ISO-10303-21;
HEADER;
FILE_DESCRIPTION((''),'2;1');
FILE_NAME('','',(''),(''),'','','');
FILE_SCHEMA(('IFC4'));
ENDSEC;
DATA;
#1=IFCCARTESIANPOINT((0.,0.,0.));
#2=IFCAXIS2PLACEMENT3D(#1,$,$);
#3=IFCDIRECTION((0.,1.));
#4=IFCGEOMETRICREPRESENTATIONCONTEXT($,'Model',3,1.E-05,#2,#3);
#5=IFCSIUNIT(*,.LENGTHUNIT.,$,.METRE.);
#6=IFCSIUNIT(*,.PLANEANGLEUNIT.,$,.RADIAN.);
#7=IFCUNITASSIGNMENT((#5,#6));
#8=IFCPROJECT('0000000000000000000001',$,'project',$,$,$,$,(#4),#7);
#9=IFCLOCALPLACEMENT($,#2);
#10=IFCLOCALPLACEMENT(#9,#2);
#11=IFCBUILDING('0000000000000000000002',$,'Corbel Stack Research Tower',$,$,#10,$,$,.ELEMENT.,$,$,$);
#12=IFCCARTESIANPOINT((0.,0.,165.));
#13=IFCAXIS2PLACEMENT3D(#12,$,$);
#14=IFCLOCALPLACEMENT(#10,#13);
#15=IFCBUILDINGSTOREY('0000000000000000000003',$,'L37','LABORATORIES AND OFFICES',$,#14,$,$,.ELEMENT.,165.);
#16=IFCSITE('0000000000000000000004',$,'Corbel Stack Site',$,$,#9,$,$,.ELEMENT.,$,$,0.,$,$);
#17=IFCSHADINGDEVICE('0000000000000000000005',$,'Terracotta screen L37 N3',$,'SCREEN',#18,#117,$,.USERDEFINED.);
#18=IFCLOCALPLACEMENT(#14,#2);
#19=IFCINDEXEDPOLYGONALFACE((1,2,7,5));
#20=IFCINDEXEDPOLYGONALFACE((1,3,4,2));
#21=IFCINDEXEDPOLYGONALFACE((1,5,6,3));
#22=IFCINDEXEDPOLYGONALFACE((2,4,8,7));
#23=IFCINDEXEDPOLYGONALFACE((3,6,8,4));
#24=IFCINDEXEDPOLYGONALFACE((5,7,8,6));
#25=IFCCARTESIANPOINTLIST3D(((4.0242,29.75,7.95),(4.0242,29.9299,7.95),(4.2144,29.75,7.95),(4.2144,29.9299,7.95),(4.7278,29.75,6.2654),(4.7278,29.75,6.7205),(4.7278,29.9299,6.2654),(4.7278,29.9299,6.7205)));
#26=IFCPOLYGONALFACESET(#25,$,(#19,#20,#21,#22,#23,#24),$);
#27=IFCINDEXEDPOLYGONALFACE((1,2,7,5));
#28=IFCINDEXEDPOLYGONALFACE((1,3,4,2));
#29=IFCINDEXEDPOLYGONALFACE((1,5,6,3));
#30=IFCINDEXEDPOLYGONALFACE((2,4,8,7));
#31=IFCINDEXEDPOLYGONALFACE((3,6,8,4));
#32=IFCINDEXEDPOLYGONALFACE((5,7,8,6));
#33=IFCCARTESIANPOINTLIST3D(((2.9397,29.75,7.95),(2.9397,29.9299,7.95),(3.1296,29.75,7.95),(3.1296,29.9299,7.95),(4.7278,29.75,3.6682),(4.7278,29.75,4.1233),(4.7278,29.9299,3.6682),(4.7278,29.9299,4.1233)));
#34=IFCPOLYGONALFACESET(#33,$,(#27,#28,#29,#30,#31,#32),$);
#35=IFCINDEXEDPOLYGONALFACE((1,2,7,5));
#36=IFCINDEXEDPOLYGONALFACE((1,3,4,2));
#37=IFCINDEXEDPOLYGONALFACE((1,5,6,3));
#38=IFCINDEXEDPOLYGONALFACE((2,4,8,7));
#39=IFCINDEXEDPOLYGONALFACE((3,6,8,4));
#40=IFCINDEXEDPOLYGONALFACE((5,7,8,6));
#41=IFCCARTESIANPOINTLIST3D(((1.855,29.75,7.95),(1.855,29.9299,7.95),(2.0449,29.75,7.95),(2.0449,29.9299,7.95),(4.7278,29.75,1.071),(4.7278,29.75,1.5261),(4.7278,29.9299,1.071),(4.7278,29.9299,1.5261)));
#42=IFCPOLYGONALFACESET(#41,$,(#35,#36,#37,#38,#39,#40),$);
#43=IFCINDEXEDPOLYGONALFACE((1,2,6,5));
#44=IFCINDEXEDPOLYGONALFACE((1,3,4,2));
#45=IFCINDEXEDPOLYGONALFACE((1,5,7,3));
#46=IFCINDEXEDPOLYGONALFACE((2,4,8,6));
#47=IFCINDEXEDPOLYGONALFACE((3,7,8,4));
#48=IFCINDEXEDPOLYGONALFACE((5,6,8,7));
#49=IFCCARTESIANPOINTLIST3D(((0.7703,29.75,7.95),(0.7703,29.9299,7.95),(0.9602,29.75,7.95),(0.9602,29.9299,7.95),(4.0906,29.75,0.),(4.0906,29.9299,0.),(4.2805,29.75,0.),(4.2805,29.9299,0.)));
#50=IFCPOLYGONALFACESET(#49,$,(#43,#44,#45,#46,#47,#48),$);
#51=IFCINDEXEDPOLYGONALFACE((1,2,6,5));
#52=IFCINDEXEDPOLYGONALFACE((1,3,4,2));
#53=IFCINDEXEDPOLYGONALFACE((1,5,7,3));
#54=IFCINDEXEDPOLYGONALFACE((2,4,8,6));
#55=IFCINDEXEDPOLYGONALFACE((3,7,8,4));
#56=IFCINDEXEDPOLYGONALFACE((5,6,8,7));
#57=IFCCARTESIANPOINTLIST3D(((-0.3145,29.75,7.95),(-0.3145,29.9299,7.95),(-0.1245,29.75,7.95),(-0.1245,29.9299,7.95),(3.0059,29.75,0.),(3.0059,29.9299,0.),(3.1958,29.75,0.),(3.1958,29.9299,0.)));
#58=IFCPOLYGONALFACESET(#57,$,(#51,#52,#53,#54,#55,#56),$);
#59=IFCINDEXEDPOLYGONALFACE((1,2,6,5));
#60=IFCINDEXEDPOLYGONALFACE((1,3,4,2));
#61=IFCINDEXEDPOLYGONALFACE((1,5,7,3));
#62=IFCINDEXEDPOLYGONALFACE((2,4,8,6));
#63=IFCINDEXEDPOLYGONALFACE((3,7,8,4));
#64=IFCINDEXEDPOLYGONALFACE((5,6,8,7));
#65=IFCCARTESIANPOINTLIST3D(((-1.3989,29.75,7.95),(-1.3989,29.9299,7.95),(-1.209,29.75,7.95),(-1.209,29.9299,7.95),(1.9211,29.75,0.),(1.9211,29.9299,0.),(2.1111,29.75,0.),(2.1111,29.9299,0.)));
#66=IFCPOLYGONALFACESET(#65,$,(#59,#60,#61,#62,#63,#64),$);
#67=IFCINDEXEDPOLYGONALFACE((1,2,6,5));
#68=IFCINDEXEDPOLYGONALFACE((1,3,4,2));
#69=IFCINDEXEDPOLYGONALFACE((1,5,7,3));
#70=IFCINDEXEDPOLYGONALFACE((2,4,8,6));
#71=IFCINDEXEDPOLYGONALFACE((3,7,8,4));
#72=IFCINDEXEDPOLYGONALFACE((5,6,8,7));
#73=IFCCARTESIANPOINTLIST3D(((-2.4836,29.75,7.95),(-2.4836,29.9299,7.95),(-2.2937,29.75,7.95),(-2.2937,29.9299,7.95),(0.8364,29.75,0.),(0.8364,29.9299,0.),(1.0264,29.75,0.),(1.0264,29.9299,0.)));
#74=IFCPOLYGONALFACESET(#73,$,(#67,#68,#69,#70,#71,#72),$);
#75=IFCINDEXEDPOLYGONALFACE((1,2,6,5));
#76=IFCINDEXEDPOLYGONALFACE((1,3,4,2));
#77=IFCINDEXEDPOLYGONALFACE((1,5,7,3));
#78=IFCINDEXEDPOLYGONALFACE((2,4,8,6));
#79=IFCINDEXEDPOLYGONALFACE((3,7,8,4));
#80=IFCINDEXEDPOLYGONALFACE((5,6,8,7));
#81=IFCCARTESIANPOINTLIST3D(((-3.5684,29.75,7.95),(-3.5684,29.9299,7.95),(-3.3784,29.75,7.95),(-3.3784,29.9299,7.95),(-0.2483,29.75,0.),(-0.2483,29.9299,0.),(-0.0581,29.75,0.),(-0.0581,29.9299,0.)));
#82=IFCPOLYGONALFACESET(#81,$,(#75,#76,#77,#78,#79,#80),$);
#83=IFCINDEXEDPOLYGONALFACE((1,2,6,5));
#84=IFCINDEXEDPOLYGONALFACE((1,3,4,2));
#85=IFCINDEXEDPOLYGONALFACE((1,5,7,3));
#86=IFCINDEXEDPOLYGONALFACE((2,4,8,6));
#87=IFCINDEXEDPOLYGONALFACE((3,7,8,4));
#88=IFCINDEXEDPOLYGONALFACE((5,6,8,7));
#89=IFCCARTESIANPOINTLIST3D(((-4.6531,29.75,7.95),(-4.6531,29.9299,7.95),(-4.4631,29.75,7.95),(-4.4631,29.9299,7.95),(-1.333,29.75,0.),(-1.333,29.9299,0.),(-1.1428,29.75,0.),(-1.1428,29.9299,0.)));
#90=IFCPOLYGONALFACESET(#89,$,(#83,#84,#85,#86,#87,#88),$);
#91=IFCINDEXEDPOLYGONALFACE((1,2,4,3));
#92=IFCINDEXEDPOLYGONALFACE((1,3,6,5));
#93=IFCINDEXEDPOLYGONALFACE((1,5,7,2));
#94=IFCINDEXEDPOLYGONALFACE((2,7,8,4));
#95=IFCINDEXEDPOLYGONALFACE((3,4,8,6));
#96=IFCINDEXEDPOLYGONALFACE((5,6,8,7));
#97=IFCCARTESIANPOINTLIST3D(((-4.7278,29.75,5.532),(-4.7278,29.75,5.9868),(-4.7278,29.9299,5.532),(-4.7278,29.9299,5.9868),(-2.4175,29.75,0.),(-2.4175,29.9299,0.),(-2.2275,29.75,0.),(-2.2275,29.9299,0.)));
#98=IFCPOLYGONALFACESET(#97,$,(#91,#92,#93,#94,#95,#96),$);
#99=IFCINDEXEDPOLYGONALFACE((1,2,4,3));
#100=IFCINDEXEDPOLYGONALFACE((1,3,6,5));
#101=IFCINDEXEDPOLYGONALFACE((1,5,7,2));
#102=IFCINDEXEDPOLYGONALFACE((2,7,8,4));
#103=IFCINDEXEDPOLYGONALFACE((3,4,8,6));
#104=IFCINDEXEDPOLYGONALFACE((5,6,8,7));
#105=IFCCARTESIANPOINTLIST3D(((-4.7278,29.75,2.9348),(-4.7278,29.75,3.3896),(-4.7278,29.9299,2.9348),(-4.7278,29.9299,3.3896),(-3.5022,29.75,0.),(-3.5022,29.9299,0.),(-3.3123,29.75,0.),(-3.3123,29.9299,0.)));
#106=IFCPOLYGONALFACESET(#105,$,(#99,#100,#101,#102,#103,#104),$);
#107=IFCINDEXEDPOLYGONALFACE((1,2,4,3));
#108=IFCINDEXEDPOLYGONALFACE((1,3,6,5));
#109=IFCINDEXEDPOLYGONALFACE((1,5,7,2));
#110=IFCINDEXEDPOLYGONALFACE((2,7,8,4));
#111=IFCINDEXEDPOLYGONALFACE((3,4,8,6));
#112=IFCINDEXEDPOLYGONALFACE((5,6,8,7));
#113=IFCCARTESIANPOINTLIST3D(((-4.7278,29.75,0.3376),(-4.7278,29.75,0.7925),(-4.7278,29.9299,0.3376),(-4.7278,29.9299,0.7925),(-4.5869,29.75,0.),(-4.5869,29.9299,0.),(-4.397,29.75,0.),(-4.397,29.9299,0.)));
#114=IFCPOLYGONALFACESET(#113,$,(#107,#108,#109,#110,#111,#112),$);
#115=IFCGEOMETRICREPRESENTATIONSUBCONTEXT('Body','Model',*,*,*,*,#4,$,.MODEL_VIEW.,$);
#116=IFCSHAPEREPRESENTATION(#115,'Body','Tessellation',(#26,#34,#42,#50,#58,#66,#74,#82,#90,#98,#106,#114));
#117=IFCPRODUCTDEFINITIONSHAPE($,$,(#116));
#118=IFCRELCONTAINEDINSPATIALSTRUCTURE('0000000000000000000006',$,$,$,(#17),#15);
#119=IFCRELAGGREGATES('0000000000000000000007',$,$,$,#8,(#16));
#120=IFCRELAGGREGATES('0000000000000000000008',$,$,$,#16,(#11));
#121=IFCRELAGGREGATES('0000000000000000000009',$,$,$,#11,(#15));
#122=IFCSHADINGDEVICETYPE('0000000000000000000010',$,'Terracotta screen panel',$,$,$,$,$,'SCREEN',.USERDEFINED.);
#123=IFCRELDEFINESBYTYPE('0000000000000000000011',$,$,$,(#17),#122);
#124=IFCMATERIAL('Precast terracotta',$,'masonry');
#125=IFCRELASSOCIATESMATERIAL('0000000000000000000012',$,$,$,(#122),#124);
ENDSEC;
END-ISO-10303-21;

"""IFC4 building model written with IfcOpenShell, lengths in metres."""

from ifc_helpers import new_model, si_unit, direction, frame, origin, place, context, subcontext, project, spatial, polyline, outline, extrude, source, transform, mapped, material, type_object, element, save


model = new_model("IFC4")

# Units and contexts
model_context = context("Model", 3, precision=1e-05, world=origin(), true_north=direction((0.0, 1.0)))
body_context = subcontext(model_context, "Body", "Model", "MODEL_VIEW")
ifc_project = project(units=[si_unit("LENGTHUNIT", "METRE"), si_unit("PLANEANGLEUNIT", "RADIAN")], contexts=[model_context])

# Site, building, storey
site_placement = place(None, origin())
site = spatial("IfcSite", under=ifc_project, at=site_placement, Name="Corbel Stack Site", CompositionType="ELEMENT", RefElevation=0.0)
building_placement = place(site_placement, origin())
building = spatial("IfcBuilding", under=site, at=building_placement, Name="Corbel Stack Research Tower", CompositionType="ELEMENT")
storey_placement = place(building_placement, frame((0.0, 0.0, 165.0)))
storey = spatial("IfcBuildingStorey", under=building, at=storey_placement, Name="L37", Description="LABORATORIES AND OFFICES", CompositionType="ELEMENT", Elevation=165.0)

# Shading device
ifc_material_1 = material(Name="Precast terracotta", Category="masonry")
shading_device_type = type_object("IfcShadingDeviceType", Name="Terracotta screen panel", ElementType="SCREEN", PredefinedType="USERDEFINED", material=ifc_material_1)
shared_shape_1 = source(origin(), body_context, "Body", "SweptSolid", [
    extrude(outline(polyline([(0.7036, 7.95), (0.5134, 7.95), (0.0, 6.7205), (0.0, 6.2654), (0.7036, 7.95)])), frame((0.0, 0.0, 0.0), z_axis=(0.0, -1.0, 0.0), x_axis=(1.0, 0.0, 0.0)), (0.0, 0.0, 1.0), 0.1799),
    extrude(outline(polyline([(1.7881, 7.95), (1.5981, 7.95), (0.0, 4.1233), (0.0, 3.6682), (1.7881, 7.95)])), frame((0.0, 0.0, 0.0), z_axis=(0.0, -1.0, 0.0), x_axis=(1.0, 0.0, 0.0)), (0.0, 0.0, 1.0), 0.1799),
    extrude(outline(polyline([(2.8728, 7.95), (2.6829, 7.95), (0.0, 1.5261), (0.0, 1.071), (2.8728, 7.95)])), frame((0.0, 0.0, 0.0), z_axis=(0.0, -1.0, 0.0), x_axis=(1.0, 0.0, 0.0)), (0.0, 0.0, 1.0), 0.1799),
    extrude(outline(polyline([(0.6372, 0.0), (3.9575, 7.95), (3.7676, 7.95), (0.4473, 0.0), (0.6372, 0.0)])), frame((0.0, 0.0, 0.0), z_axis=(0.0, -1.0, 0.0), x_axis=(1.0, 0.0, 0.0)), (0.0, 0.0, 1.0), 0.1799),
    extrude(outline(polyline([(1.7219, 0.0), (5.0422, 7.95), (4.8523, 7.95), (1.532, 0.0), (1.7219, 0.0)])), frame((0.0, 0.0, 0.0), z_axis=(0.0, -1.0, 0.0), x_axis=(1.0, 0.0, 0.0)), (0.0, 0.0, 1.0), 0.1799),
    extrude(outline(polyline([(2.8066, 0.0), (6.1267, 7.95), (5.9368, 7.95), (2.6167, 0.0), (2.8066, 0.0)])), frame((0.0, 0.0, 0.0), z_axis=(0.0, -1.0, 0.0), x_axis=(1.0, 0.0, 0.0)), (0.0, 0.0, 1.0), 0.1799),
    extrude(outline(polyline([(3.8914, 0.0), (7.2114, 7.95), (7.0215, 7.95), (3.7014, 0.0), (3.8914, 0.0)])), frame((0.0, 0.0, 0.0), z_axis=(0.0, -1.0, 0.0), x_axis=(1.0, 0.0, 0.0)), (0.0, 0.0, 1.0), 0.1799),
    extrude(outline(polyline([(4.9761, 0.0), (8.2961, 7.95), (8.1062, 7.95), (4.7859, 0.0), (4.9761, 0.0)])), frame((0.0, 0.0, 0.0), z_axis=(0.0, -1.0, 0.0), x_axis=(1.0, 0.0, 0.0)), (0.0, 0.0, 1.0), 0.1799),
    extrude(outline(polyline([(6.0608, 0.0), (9.3809, 7.95), (9.1909, 7.95), (5.8706, 0.0), (6.0608, 0.0)])), frame((0.0, 0.0, 0.0), z_axis=(0.0, -1.0, 0.0), x_axis=(1.0, 0.0, 0.0)), (0.0, 0.0, 1.0), 0.1799),
    extrude(outline(polyline([(7.1453, 0.0), (9.4556, 5.532), (9.4556, 5.9868), (6.9553, 0.0), (7.1453, 0.0)])), frame((0.0, 0.0, 0.0), z_axis=(0.0, -1.0, 0.0), x_axis=(1.0, 0.0, 0.0)), (0.0, 0.0, 1.0), 0.1799),
    extrude(outline(polyline([(8.23, 0.0), (9.4556, 2.9348), (9.4556, 3.3896), (8.04, 0.0), (8.23, 0.0)])), frame((0.0, 0.0, 0.0), z_axis=(0.0, -1.0, 0.0), x_axis=(1.0, 0.0, 0.0)), (0.0, 0.0, 1.0), 0.1799),
    extrude(outline(polyline([(9.3147, 0.0), (9.4556, 0.3376), (9.4556, 0.7925), (9.1248, 0.0), (9.3147, 0.0)])), frame((0.0, 0.0, 0.0), z_axis=(0.0, -1.0, 0.0), x_axis=(1.0, 0.0, 0.0)), (0.0, 0.0, 1.0), 0.1799),
])
shading_device_1_placement = place(storey_placement, frame((4.7278, 29.75, 0.0), z_axis=(0.0, 0.0, 1.0), x_axis=(-1.0, 0.0, 0.0)))
element("IfcShadingDevice", 1, at=shading_device_1_placement, inside=storey, type_object=shading_device_type, Name="Terracotta screen L37 N3", ObjectType="SCREEN", PredefinedType="USERDEFINED", context=body_context, shape_type="MappedRepresentation", body=[
    mapped(shared_shape_1, transform((0.0, 0.0, 0.0))),
])

save(model, "model.ifc")
